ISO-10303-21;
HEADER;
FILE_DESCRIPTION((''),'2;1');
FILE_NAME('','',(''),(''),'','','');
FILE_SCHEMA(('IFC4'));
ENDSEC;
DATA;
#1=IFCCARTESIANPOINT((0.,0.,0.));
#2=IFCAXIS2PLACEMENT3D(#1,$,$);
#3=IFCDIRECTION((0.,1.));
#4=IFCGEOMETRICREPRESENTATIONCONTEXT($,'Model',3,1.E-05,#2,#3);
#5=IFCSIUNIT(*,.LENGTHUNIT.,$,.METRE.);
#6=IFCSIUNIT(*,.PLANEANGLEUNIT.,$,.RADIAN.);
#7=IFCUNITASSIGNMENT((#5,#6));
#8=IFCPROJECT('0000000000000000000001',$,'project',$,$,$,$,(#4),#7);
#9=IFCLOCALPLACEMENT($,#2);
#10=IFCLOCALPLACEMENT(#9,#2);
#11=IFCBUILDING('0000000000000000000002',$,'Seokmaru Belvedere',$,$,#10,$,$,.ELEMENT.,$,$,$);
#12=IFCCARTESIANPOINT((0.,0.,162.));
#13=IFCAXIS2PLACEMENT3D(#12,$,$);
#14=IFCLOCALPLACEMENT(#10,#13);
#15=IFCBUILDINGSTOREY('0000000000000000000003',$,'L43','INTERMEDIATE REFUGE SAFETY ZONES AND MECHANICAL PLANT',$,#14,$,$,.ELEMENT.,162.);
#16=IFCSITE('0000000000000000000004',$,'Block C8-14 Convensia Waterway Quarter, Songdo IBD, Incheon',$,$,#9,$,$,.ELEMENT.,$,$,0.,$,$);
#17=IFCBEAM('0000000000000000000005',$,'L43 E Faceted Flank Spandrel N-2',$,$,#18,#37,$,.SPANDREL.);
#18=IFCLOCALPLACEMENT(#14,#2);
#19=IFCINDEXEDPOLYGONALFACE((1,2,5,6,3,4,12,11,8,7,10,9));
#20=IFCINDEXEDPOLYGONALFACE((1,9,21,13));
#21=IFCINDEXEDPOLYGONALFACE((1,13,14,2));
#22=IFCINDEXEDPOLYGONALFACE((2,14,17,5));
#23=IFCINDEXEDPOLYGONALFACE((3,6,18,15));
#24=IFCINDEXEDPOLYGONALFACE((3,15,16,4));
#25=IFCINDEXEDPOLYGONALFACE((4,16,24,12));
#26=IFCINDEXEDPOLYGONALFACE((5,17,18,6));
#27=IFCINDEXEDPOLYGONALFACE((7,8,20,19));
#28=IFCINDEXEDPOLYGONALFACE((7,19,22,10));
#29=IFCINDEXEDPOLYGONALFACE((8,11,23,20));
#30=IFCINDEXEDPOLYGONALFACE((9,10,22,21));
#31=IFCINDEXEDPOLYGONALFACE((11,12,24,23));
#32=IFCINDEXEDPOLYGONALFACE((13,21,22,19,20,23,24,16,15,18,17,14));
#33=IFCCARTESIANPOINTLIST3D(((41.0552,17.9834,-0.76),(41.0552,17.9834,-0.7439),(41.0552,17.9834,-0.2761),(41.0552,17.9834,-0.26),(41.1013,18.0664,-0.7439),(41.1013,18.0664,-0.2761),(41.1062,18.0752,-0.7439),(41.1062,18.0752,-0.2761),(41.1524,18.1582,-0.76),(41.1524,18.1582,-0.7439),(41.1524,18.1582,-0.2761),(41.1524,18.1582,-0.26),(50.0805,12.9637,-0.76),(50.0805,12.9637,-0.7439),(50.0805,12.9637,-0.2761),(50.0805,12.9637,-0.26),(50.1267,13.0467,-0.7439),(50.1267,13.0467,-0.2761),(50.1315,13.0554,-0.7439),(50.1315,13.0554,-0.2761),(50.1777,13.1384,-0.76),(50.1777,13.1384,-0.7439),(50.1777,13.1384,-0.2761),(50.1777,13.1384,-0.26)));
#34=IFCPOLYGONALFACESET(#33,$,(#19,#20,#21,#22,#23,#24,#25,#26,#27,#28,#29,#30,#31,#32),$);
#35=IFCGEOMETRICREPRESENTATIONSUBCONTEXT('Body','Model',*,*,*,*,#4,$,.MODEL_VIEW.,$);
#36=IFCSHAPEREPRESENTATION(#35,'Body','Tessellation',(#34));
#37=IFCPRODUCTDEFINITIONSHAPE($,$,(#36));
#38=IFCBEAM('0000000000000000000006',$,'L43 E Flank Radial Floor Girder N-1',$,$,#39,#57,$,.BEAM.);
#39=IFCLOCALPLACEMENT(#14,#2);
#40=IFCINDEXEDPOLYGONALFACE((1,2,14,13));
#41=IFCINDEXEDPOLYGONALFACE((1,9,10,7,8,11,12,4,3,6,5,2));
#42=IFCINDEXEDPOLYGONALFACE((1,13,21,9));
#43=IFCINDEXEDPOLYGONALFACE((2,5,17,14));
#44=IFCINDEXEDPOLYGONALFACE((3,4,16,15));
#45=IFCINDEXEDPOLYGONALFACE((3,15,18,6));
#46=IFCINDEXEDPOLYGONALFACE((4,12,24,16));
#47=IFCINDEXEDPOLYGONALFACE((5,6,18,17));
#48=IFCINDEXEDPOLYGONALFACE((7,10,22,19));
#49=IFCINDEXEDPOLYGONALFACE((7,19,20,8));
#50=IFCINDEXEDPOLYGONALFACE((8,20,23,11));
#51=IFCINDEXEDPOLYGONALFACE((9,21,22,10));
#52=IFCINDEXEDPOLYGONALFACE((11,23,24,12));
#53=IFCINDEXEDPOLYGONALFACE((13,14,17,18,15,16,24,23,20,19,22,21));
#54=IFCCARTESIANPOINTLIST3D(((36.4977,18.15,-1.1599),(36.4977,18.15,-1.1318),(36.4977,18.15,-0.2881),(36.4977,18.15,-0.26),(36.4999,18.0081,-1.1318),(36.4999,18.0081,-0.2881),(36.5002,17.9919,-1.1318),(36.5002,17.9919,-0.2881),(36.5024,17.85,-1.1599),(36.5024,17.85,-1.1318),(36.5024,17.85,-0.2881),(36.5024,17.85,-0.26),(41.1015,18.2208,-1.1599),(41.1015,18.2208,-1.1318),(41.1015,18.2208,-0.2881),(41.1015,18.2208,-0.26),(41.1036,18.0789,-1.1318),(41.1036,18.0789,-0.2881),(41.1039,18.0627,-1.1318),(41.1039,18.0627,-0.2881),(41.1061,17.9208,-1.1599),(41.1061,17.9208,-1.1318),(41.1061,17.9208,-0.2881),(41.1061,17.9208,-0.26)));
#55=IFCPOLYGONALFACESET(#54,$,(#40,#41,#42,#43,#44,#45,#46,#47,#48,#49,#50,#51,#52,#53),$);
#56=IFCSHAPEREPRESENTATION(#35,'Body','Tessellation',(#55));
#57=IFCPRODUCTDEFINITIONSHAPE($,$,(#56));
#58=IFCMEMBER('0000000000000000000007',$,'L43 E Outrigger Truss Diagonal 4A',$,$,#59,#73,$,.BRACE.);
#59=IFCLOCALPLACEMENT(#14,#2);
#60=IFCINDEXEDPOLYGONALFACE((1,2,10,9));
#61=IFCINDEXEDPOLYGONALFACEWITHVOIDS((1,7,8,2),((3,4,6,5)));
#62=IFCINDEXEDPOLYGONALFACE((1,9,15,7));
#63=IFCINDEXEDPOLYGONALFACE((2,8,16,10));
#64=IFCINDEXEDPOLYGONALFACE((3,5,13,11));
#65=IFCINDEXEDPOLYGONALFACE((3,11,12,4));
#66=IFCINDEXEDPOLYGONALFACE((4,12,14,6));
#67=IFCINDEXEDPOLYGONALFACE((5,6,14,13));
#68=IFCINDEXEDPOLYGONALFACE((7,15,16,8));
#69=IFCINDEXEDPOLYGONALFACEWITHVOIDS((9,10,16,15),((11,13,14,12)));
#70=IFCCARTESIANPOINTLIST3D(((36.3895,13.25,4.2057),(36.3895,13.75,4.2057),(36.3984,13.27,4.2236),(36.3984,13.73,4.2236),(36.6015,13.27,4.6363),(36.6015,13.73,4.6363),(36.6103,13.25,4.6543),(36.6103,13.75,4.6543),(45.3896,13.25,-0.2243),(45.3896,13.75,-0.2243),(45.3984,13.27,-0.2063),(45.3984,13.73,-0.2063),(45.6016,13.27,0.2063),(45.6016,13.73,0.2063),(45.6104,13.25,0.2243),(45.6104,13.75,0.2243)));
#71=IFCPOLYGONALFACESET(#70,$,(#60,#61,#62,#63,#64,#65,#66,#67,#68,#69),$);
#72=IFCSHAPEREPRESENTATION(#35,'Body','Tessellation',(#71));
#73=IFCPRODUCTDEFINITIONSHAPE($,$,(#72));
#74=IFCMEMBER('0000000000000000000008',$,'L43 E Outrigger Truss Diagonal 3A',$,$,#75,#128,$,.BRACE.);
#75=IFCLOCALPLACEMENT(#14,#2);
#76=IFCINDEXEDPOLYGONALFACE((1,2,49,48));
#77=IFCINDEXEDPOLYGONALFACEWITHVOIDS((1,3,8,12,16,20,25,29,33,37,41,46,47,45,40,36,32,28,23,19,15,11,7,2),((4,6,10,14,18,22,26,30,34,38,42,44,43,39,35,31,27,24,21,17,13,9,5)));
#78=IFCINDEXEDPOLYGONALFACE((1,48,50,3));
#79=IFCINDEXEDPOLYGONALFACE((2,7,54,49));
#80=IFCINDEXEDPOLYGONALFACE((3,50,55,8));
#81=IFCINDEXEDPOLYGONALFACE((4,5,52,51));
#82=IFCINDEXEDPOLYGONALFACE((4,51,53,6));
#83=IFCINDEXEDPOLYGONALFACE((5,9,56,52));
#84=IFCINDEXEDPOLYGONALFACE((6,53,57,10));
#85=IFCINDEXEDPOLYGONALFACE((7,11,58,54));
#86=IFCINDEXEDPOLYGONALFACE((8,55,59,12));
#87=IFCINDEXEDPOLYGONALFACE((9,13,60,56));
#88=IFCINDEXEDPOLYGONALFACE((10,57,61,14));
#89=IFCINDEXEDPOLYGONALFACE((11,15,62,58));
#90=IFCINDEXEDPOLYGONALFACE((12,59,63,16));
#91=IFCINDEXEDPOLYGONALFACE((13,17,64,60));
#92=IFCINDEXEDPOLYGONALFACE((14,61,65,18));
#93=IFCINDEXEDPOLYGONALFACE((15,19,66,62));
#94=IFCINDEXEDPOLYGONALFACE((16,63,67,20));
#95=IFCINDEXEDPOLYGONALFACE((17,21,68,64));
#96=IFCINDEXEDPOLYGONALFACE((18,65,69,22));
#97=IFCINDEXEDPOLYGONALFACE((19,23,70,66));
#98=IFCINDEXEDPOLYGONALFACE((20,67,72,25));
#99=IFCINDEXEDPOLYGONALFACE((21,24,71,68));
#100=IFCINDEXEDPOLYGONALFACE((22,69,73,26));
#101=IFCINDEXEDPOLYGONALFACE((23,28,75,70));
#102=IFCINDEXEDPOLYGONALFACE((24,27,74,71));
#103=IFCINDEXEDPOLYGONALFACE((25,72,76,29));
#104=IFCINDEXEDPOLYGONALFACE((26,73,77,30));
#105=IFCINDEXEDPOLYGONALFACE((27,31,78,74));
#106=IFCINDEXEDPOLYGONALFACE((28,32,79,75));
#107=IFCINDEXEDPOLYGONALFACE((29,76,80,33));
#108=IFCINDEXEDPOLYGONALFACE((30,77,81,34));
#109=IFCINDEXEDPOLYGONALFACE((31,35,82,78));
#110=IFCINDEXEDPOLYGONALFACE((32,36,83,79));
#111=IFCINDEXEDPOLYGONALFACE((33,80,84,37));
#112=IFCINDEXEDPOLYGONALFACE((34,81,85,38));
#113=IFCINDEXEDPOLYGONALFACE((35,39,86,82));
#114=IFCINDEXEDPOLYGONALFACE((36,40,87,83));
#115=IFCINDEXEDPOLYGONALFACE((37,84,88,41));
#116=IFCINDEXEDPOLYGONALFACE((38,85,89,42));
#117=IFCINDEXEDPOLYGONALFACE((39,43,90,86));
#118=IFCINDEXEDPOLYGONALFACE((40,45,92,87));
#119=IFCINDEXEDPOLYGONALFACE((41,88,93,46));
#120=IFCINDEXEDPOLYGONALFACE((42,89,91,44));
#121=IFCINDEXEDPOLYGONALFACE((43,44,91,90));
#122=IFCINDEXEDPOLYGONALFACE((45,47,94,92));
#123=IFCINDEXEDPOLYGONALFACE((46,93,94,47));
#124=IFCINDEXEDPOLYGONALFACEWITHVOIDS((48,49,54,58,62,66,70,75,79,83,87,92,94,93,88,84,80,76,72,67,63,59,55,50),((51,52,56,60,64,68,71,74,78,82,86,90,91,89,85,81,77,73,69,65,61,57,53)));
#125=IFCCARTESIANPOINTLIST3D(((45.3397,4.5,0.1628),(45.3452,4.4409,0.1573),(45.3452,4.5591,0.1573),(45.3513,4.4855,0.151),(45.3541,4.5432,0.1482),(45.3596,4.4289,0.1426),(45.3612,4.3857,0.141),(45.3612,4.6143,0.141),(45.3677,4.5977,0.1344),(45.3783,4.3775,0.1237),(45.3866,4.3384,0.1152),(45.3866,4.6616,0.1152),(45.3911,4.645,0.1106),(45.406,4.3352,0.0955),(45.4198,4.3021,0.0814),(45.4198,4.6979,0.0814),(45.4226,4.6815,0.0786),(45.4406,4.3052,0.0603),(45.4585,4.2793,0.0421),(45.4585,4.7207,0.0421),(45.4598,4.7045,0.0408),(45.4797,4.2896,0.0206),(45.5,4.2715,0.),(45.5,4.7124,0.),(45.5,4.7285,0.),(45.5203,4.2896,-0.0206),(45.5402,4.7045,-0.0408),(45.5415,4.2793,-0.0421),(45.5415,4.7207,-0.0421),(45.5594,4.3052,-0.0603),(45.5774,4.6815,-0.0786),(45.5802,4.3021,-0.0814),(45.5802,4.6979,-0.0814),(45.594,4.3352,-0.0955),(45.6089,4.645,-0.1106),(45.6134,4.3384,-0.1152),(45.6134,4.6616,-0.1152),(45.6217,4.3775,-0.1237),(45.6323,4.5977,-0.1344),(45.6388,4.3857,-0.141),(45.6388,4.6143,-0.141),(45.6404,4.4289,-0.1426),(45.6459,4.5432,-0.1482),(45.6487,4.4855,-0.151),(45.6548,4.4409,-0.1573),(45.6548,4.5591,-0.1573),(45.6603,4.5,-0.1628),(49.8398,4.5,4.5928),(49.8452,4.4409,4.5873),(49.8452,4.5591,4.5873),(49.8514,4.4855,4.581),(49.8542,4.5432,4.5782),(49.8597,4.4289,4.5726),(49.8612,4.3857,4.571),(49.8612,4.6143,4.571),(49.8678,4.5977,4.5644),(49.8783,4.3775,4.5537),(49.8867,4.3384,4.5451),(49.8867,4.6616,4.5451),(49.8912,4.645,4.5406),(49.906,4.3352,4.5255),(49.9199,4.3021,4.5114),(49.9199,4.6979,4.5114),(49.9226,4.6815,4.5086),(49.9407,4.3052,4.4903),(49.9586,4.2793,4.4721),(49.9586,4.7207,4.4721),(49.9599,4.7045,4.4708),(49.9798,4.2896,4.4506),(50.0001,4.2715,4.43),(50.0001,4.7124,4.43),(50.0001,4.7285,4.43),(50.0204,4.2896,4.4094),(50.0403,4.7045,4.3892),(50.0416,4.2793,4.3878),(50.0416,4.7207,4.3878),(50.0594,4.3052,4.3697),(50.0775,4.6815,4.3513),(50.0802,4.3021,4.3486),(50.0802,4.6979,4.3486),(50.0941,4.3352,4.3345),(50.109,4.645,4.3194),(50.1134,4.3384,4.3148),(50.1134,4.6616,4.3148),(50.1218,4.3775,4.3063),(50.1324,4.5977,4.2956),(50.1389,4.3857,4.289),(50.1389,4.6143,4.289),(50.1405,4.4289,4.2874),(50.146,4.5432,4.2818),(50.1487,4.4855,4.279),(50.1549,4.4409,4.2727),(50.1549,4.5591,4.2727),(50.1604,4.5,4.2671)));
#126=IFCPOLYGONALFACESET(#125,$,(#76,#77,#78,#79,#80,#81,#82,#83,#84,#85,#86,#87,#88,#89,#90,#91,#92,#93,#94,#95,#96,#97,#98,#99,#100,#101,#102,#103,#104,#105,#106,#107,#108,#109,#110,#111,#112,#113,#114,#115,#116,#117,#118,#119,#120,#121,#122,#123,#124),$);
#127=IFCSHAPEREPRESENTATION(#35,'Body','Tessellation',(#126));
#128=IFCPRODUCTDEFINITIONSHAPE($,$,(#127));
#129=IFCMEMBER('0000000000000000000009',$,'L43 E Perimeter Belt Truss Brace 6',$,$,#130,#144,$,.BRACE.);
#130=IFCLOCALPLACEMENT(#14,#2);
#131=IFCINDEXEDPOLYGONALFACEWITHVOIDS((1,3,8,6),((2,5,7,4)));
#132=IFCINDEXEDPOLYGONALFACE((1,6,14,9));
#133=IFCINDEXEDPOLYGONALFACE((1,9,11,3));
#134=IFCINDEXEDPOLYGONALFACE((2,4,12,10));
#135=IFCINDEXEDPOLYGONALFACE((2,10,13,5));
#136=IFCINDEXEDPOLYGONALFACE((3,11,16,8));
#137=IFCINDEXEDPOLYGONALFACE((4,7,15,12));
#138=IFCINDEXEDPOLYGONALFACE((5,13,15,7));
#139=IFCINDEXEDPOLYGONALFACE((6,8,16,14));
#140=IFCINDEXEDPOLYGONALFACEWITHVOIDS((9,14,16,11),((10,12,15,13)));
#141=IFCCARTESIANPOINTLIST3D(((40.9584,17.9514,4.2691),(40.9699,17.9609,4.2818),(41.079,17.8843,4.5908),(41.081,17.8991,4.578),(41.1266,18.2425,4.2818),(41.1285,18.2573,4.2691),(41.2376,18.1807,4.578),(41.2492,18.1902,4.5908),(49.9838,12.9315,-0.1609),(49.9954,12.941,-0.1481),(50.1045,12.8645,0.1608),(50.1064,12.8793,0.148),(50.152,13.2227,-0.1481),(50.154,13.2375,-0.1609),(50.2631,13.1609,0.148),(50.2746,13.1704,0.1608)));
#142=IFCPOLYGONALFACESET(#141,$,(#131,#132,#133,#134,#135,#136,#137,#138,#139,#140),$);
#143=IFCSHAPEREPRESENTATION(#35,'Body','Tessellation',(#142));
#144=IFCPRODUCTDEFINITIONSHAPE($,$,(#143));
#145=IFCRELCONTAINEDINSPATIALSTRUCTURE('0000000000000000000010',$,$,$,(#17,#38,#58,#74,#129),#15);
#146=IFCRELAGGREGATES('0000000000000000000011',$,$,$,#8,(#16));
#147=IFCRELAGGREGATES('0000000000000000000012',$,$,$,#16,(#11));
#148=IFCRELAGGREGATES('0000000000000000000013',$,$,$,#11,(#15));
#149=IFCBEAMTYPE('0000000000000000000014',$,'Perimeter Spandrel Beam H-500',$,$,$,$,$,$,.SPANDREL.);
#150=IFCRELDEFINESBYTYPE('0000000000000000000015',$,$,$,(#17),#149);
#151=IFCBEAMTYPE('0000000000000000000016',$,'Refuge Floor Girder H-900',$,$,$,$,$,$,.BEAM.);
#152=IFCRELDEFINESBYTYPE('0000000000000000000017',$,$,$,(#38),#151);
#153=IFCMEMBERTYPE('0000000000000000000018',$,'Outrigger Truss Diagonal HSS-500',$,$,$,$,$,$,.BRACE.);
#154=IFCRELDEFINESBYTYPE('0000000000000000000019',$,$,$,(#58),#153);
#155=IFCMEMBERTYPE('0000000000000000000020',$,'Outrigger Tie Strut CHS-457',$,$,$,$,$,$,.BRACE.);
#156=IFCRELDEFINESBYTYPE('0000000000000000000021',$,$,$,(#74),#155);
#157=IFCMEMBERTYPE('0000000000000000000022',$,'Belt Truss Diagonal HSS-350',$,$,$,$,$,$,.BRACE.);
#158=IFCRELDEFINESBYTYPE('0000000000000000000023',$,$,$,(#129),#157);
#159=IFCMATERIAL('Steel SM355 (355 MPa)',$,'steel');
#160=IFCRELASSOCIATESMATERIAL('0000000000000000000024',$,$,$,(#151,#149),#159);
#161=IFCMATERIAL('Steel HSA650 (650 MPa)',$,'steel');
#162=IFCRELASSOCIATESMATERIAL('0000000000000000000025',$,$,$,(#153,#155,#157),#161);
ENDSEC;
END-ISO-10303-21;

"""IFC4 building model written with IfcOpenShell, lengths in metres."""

from ifc_helpers import new_model, si_unit, direction, frame, origin, origin_2d, place, context, subcontext, project, spatial, hollow_rectangle, hollow_circle, i_section, extrude, source, transform, mapped, material, material_profile, profile_set, type_object, type_shapes, element, save


model = new_model("IFC4")

# Units and contexts
model_context = context("Model", 3, precision=1e-05, world=origin(), true_north=direction((0.0, 1.0)))
body_context = subcontext(model_context, "Body", "Model", "MODEL_VIEW")
ifc_project = project(units=[si_unit("LENGTHUNIT", "METRE"), si_unit("PLANEANGLEUNIT", "RADIAN")], contexts=[model_context])

# Site, building, storey
site_placement = place(None, origin())
site = spatial("IfcSite", under=ifc_project, at=site_placement, Name="Block C8-14 Convensia Waterway Quarter, Songdo IBD, Incheon", CompositionType="ELEMENT", RefElevation=0.0)
building_placement = place(site_placement, origin())
building = spatial("IfcBuilding", under=site, at=building_placement, Name="Seokmaru Belvedere", CompositionType="ELEMENT")
storey_placement = place(building_placement, frame((0.0, 0.0, 162.0)))
storey = spatial("IfcBuildingStorey", under=building, at=storey_placement, Name="L43", Description="INTERMEDIATE REFUGE SAFETY ZONES AND MECHANICAL PLANT", CompositionType="ELEMENT", Elevation=162.0)

# Shared definitions
ifc_material_1 = material(Name="Steel SM355 (355 MPa)", Category="steel")

# Beams
ifc_material_profile_1 = material_profile(ifc_material_1, i_section(OverallWidth=0.3, OverallDepth=0.8999, WebThickness=0.0161, FlangeThickness=0.0281, at=origin_2d()), Name="H-900x300x16x28")
ifc_profile_set_1 = profile_set([ifc_material_profile_1], Name="Steel SM355 (355 MPa)")
beam_type_1 = type_object("IfcBeamType", Name="Refuge Floor Girder H-900", PredefinedType="BEAM", material=ifc_profile_set_1)
ifc_material_profile_2 = material_profile(ifc_material_1, i_section(OverallWidth=0.2, OverallDepth=0.5, WebThickness=0.01, FlangeThickness=0.0161, at=origin_2d()), Name="H-500x200x10x16")
ifc_profile_set_2 = profile_set([ifc_material_profile_2], Name="Steel SM355 (355 MPa)")
beam_type_2 = type_object("IfcBeamType", Name="Perimeter Spandrel Beam H-500", PredefinedType="SPANDREL", material=ifc_profile_set_2)
shared_shape_1 = source(origin(), body_context, "Body", "SweptSolid", [
    extrude(i_section(OverallWidth=0.2, OverallDepth=0.5, WebThickness=0.01, FlangeThickness=0.0161, at=origin_2d()), origin(), (0.0, 0.0, 1.0), 10.3274),
])
type_shapes(beam_type_2, [shared_shape_1])
beam_1_placement = place(storey_placement, frame((41.1038, 18.0708, -0.51), z_axis=(0.873924, -0.486062, 0.0), x_axis=(0.486062, 0.873924, 0.0)))
element("IfcBeam", 1, at=beam_1_placement, inside=storey, type_object=beam_type_2, Name="L43 E Faceted Flank Spandrel N-2", PredefinedType="SPANDREL", context=body_context, shape_type="MappedRepresentation", body=[
    mapped(shared_shape_1, transform((0.0, 0.0, 0.0), scale=1.0)),
])
shared_shape_2 = source(origin(), body_context, "Body", "SweptSolid", [
    extrude(i_section(OverallWidth=0.3, OverallDepth=0.8999, WebThickness=0.0161, FlangeThickness=0.0281, at=origin_2d()), origin(), (0.0, 0.0, 1.0), 4.6042),
])
beam_2_placement = place(storey_placement, frame((41.1038, 18.0708, -0.71), z_axis=(-0.999882, -0.015377, 0.0), x_axis=(0.015377, -0.999882, 0.0)))
element("IfcBeam", 2, at=beam_2_placement, inside=storey, type_object=beam_type_1, Name="L43 E Flank Radial Floor Girder N-1", PredefinedType="BEAM", context=body_context, shape_type="MappedRepresentation", body=[
    mapped(shared_shape_2, transform((0.0, 0.0, 0.0), scale=1.0)),
])

# Members
ifc_material_2 = material(Name="Steel HSA650 (650 MPa)", Category="steel")
ifc_material_profile_3 = material_profile(ifc_material_2, hollow_rectangle(XDim=0.5, YDim=0.5, WallThickness=0.02, at=origin_2d()), Name="HSS-500x500x20")
ifc_profile_set_3 = profile_set([ifc_material_profile_3], Name="Steel HSA650 (650 MPa)")
member_type_1 = type_object("IfcMemberType", Name="Outrigger Truss Diagonal HSS-500", PredefinedType="BRACE", material=ifc_profile_set_3)
shared_shape_3 = source(origin(), body_context, "Body", "SweptSolid", [
    extrude(hollow_rectangle(XDim=0.5, YDim=0.5, WallThickness=0.02, at=origin_2d()), origin(), (0.0, 0.0, 1.0), 10.0312),
])
type_shapes(member_type_1, [shared_shape_3])
member_1_placement = place(storey_placement, frame((45.5, 13.5, 0.0), z_axis=(-0.897204, 0.0, 0.441617), x_axis=(0.0, -1.0, 0.0)))
element("IfcMember", 3, at=member_1_placement, inside=storey, type_object=member_type_1, Name="L43 E Outrigger Truss Diagonal 4A", PredefinedType="BRACE", context=body_context, shape_type="MappedRepresentation", body=[
    mapped(shared_shape_3, transform((0.0, 0.0, 0.0), scale=1.0)),
])
ifc_material_profile_4 = material_profile(ifc_material_2, hollow_circle(Radius=0.2285, WallThickness=0.0161, at=origin_2d()), Name="CHS-457.2x16.0")
ifc_profile_set_4 = profile_set([ifc_material_profile_4], Name="Steel HSA650 (650 MPa)")
member_type_2 = type_object("IfcMemberType", Name="Outrigger Tie Strut CHS-457", PredefinedType="BRACE", material=ifc_profile_set_4)
shared_shape_4 = source(origin(), body_context, "Body", "SweptSolid", [
    extrude(hollow_circle(Radius=0.2285, WallThickness=0.0161, at=origin_2d()), origin(), (0.0, 0.0, 1.0), 6.3147),
])
type_shapes(member_type_2, [shared_shape_4])
member_2_placement = place(storey_placement, frame((45.5, 4.5, 0.0), z_axis=(0.712633, 0.0, 0.701537), x_axis=(0.0, 1.0, 0.0)))
element("IfcMember", 4, at=member_2_placement, inside=storey, type_object=member_type_2, Name="L43 E Outrigger Truss Diagonal 3A", PredefinedType="BRACE", context=body_context, shape_type="MappedRepresentation", body=[
    mapped(shared_shape_4, transform((0.0, 0.0, 0.0), scale=1.0)),
])
ifc_material_profile_5 = material_profile(ifc_material_2, hollow_rectangle(XDim=0.3501, YDim=0.3501, WallThickness=0.0139, at=origin_2d()), Name="HSS-350x350x14")
ifc_profile_set_5 = profile_set([ifc_material_profile_5], Name="Steel HSA650 (650 MPa)")
member_type_3 = type_object("IfcMemberType", Name="Belt Truss Diagonal HSS-350", PredefinedType="BRACE", material=ifc_profile_set_5)
shared_shape_5 = source(origin(), body_context, "Body", "SweptSolid", [
    extrude(hollow_rectangle(XDim=0.3501, YDim=0.3501, WallThickness=0.0139, at=origin_2d()), origin(), (0.0, 0.0, 1.0), 11.2375),
])
type_shapes(member_type_3, [shared_shape_5])
member_3_placement = place(storey_placement, frame((41.1038, 18.0708, 4.4299), z_axis=(0.803153, -0.446701, -0.394212), x_axis=(0.486062, 0.873924, 0.0)))
element("IfcMember", 5, at=member_3_placement, inside=storey, type_object=member_type_3, Name="L43 E Perimeter Belt Truss Brace 6", PredefinedType="BRACE", context=body_context, shape_type="MappedRepresentation", body=[
    mapped(shared_shape_5, transform((0.0, 0.0, 0.0), scale=1.0)),
])

save(model, "model.ifc")
